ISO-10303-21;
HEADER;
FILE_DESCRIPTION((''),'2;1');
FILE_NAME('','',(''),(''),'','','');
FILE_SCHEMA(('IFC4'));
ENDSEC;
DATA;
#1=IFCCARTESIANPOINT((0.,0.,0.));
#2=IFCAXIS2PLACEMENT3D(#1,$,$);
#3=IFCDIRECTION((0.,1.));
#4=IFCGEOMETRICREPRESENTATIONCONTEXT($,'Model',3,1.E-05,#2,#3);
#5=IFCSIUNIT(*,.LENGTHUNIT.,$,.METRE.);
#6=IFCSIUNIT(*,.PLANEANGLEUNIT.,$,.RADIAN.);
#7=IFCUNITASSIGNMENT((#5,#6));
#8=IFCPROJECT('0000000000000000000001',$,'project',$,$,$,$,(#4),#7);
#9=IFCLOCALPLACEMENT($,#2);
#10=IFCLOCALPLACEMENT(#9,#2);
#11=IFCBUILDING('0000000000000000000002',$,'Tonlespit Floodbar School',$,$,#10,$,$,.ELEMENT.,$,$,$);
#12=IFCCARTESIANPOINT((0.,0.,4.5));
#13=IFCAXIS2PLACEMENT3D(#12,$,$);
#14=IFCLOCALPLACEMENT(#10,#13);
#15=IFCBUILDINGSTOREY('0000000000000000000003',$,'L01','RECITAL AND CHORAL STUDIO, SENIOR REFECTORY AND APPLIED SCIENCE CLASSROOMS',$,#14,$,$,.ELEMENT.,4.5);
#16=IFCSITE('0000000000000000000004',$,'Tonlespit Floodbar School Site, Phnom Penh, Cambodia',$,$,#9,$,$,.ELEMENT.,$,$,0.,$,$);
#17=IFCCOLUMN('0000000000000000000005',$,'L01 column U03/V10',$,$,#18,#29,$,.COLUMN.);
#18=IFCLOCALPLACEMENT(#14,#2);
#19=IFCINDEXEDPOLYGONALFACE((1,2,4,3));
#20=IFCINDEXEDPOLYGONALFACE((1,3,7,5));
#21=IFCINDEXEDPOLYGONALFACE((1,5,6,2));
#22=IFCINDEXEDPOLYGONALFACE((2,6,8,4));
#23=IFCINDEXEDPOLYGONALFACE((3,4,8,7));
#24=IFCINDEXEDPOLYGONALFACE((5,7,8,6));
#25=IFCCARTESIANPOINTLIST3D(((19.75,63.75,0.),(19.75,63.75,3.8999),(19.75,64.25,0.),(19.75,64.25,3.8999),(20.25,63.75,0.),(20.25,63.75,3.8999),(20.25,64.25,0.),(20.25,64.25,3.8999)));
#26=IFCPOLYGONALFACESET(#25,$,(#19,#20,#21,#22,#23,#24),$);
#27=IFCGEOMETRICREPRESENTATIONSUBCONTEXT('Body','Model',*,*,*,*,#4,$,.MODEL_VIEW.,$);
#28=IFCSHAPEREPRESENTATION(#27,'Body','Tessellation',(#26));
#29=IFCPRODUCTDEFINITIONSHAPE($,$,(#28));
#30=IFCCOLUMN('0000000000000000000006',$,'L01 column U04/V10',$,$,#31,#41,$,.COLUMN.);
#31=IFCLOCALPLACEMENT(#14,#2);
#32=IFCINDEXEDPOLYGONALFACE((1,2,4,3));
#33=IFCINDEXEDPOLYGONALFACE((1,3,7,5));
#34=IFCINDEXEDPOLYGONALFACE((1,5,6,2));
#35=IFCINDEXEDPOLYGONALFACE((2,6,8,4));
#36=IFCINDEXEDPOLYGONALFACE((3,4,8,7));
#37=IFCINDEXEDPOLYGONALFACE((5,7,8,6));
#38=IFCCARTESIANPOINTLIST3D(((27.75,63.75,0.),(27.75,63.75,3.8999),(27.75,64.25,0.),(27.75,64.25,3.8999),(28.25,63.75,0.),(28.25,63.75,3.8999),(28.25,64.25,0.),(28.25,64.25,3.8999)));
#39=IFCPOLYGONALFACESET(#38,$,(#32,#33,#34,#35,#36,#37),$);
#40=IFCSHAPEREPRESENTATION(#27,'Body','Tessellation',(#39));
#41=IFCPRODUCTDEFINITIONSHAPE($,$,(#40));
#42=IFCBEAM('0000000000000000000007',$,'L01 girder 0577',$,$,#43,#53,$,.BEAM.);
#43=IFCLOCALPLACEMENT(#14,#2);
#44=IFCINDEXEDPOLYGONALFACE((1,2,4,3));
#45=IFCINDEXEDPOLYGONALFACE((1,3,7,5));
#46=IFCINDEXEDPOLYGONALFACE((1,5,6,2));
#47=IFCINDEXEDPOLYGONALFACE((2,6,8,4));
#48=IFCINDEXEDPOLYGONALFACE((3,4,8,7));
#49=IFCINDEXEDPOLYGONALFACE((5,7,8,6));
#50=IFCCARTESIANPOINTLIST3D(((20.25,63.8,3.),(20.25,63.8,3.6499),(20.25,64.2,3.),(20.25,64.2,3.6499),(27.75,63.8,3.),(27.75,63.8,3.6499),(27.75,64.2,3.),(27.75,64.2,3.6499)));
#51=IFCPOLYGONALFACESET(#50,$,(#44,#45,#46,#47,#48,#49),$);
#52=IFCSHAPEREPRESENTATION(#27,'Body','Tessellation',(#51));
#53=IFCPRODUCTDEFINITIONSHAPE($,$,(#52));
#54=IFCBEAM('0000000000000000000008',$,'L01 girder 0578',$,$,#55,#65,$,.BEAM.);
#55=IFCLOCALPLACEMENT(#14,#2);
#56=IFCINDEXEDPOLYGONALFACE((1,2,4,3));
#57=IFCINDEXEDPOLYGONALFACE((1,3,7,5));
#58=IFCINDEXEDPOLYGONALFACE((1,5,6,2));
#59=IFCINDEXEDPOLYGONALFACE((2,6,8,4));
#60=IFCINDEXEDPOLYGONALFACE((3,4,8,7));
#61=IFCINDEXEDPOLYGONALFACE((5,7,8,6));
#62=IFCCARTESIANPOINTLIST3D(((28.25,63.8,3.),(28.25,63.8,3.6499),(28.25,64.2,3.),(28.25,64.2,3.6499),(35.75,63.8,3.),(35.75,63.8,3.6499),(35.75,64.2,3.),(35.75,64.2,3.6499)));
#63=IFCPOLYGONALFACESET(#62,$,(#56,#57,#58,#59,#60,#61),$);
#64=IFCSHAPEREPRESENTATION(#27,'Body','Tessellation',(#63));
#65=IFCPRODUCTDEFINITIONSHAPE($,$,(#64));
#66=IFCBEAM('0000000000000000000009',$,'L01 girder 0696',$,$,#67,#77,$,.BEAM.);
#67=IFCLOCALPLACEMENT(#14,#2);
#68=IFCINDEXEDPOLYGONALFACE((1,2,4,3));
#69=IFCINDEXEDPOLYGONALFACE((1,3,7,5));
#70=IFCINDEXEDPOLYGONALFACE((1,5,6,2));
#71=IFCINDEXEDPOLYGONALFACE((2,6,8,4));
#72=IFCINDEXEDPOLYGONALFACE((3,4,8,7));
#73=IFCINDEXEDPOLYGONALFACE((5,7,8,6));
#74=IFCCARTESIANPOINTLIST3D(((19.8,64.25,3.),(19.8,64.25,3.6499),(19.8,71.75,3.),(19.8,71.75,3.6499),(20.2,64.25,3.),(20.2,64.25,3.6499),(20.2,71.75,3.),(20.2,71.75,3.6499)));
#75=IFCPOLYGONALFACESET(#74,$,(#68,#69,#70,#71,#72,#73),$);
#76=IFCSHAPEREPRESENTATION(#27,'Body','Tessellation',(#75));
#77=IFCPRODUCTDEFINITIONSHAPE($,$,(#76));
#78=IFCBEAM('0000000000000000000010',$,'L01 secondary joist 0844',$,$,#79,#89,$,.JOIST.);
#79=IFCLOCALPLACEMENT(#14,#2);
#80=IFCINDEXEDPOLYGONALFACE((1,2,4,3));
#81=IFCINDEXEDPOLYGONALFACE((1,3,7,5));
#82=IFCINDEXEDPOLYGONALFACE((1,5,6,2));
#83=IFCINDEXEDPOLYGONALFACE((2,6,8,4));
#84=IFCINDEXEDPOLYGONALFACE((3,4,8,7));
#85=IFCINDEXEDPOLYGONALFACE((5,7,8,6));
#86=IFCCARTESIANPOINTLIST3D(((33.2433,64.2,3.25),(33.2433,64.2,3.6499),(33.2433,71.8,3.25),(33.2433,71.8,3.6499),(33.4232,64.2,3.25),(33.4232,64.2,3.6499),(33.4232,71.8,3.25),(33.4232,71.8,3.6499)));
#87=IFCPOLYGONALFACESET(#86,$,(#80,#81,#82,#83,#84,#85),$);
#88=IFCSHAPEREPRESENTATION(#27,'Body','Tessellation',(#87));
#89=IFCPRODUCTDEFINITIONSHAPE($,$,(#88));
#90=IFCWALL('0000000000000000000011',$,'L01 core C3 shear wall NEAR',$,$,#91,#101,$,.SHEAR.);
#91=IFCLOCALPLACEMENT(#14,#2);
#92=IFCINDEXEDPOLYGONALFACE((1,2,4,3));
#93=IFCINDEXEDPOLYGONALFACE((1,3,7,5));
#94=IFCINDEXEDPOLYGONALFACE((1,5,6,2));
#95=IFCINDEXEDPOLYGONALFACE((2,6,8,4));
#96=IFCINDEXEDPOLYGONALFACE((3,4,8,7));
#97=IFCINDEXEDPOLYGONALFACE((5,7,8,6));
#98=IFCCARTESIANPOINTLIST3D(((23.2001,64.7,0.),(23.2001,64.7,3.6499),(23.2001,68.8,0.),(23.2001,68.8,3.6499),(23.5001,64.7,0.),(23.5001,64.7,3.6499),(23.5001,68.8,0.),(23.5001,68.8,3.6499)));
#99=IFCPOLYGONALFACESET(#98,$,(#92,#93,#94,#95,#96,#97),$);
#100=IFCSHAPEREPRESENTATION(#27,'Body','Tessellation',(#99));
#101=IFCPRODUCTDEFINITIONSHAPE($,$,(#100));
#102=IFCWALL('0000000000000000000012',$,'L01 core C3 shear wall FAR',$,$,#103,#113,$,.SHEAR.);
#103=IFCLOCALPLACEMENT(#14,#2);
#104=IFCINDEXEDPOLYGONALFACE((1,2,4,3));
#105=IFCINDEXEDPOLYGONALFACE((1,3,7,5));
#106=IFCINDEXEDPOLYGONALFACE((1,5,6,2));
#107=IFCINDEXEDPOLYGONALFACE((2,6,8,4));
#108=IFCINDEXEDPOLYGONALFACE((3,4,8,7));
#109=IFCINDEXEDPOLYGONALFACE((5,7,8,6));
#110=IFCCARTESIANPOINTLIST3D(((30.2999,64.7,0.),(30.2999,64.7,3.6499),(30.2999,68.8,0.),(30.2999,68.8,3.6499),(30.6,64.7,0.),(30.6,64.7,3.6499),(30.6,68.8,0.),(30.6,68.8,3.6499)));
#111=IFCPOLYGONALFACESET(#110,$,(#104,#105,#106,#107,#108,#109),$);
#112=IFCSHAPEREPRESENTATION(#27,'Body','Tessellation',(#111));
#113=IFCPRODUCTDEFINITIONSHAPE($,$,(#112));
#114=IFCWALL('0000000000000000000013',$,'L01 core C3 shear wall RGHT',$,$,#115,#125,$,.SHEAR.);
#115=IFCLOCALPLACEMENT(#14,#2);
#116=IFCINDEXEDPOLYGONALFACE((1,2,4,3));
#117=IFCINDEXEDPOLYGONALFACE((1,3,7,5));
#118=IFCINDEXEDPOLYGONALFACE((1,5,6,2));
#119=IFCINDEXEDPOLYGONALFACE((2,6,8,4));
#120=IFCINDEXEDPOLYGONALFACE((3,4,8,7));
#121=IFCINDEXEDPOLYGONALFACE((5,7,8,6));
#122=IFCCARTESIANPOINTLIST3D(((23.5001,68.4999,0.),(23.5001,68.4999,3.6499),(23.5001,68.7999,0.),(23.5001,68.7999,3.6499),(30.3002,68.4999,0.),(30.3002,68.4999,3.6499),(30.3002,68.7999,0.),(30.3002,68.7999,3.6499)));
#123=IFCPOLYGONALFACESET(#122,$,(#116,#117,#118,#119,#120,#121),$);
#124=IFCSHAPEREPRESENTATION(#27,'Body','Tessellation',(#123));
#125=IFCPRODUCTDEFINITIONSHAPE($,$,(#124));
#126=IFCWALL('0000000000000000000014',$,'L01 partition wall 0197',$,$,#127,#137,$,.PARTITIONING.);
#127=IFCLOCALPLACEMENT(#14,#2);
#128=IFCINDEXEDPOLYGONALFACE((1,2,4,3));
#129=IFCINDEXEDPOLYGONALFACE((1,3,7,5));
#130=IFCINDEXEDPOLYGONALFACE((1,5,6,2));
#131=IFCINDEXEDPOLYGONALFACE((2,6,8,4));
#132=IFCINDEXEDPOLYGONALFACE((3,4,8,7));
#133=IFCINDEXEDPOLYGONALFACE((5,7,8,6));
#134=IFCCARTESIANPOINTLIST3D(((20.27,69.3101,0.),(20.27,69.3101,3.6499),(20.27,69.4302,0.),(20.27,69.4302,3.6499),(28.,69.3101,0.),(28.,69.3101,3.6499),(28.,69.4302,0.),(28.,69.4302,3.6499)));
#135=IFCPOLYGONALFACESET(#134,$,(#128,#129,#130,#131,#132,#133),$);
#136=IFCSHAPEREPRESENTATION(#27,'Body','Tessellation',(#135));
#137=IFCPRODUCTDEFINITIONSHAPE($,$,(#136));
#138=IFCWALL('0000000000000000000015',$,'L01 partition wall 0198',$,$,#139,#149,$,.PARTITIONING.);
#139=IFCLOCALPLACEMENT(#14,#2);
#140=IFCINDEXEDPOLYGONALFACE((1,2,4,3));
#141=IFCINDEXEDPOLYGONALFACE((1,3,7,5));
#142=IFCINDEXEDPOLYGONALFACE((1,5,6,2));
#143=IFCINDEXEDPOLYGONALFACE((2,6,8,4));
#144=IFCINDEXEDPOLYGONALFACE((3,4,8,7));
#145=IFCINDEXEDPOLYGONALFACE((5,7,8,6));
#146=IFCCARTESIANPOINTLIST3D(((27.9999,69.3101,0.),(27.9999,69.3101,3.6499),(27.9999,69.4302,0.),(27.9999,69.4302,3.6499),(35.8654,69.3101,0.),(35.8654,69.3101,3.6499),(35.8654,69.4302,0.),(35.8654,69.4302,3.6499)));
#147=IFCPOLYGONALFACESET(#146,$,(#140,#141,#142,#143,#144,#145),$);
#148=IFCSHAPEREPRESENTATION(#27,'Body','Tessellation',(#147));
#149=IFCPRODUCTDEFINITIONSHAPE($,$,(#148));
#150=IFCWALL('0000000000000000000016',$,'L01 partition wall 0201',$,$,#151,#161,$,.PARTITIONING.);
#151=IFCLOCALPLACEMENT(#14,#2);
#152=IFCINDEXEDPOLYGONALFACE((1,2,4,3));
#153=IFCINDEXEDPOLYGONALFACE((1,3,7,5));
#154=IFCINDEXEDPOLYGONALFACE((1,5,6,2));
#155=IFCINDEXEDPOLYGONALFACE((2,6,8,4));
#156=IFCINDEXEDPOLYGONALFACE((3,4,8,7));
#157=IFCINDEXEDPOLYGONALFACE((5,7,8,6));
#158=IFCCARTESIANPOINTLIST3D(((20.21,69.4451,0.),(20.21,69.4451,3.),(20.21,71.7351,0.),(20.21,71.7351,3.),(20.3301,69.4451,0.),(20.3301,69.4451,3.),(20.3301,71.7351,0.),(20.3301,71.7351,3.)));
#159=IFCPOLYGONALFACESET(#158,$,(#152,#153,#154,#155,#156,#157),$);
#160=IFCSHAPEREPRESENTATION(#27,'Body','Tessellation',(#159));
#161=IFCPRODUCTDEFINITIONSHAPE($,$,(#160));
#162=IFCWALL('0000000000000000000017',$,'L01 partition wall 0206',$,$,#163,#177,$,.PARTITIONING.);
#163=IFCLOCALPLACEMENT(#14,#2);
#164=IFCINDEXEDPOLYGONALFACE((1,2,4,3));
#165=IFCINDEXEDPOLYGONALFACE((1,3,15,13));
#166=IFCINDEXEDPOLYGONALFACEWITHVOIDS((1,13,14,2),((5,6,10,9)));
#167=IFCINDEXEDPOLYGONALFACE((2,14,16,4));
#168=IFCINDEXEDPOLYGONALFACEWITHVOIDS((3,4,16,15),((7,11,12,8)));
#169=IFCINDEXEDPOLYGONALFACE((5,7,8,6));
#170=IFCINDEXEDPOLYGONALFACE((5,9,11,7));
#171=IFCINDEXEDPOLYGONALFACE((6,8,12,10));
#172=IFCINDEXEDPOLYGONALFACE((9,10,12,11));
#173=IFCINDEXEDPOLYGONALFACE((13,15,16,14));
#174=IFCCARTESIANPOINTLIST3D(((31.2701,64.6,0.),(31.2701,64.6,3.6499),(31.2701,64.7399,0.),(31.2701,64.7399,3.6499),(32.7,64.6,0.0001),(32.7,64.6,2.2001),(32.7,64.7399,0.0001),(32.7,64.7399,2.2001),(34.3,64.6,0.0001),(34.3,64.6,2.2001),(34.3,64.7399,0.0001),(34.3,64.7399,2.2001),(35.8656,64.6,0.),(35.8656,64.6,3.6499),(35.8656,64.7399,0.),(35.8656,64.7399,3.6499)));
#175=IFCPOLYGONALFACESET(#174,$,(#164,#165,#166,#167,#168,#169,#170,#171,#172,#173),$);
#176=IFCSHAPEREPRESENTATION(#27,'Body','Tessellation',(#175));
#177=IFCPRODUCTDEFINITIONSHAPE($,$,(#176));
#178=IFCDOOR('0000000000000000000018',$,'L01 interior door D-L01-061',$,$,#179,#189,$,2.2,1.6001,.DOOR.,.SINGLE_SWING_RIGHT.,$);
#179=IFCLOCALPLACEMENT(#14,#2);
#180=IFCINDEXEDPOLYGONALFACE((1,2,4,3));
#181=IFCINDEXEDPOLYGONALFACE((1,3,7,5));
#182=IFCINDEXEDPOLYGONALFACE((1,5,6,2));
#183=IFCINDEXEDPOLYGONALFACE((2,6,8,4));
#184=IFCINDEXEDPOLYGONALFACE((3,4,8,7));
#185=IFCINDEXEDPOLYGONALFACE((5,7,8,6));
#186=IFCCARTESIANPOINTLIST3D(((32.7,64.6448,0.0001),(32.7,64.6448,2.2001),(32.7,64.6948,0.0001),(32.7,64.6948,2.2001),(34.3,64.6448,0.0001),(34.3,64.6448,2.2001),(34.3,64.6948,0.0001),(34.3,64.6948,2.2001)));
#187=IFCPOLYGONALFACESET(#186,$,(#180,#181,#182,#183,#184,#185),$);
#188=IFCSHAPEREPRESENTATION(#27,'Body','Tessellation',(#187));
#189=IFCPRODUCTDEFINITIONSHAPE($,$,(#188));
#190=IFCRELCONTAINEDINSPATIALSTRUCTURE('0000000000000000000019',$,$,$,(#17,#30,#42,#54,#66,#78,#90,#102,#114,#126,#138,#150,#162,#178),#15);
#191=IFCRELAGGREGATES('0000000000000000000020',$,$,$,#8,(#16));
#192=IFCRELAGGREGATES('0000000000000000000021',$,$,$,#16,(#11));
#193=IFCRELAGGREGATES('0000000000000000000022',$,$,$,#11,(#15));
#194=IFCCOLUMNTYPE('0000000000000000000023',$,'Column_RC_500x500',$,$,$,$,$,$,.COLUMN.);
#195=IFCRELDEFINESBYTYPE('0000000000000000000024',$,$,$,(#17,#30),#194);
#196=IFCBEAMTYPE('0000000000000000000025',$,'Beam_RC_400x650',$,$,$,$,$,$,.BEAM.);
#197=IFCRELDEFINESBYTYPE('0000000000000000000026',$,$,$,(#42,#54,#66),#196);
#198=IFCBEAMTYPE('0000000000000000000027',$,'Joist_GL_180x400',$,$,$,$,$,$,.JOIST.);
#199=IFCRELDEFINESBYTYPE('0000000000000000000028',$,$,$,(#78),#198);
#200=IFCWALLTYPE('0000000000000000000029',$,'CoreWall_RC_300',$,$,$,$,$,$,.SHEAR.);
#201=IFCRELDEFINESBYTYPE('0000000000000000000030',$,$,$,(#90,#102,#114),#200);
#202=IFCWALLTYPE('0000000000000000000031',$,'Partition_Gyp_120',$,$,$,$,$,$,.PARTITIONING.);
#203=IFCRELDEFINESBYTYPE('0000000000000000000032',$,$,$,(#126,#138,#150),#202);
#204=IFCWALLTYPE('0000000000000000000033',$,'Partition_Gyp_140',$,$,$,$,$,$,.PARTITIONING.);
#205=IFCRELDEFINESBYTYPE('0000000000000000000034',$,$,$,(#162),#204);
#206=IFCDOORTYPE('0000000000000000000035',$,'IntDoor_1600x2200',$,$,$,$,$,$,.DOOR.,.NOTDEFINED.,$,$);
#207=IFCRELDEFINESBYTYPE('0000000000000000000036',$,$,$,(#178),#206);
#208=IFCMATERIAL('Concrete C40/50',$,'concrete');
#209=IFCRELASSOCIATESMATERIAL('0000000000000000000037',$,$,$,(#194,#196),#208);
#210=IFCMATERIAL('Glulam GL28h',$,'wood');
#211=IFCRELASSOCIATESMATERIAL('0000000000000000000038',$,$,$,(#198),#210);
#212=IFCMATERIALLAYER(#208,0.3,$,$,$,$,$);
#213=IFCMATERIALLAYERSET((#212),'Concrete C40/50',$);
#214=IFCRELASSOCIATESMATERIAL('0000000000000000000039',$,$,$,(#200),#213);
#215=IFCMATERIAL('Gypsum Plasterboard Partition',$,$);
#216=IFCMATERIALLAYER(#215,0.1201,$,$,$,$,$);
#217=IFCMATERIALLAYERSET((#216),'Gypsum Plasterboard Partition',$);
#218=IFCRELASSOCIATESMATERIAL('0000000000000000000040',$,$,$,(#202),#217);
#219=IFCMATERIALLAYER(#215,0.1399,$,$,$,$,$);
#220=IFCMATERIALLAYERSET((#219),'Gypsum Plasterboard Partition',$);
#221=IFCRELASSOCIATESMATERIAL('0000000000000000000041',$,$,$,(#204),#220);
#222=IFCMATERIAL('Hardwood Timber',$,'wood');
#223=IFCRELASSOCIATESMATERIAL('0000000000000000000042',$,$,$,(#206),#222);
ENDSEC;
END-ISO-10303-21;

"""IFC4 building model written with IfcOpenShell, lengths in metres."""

from ifc_helpers import new_model, si_unit, direction, frame, frame_2d, origin, origin_2d, place, context, subcontext, project, spatial, rectangle, extrude, material, layer, layer_set, material_profile, profile_set, type_object, element, fill, save


model = new_model("IFC4")

# Units and contexts
model_context = context("Model", 3, precision=1e-05, world=origin(), true_north=direction((0.0, 1.0)))
body_context = subcontext(model_context, "Body", "Model", "MODEL_VIEW")
ifc_project = project(units=[si_unit("LENGTHUNIT", "METRE"), si_unit("PLANEANGLEUNIT", "RADIAN")], contexts=[model_context])

# Site, building, storey
site_placement = place(None, origin())
site = spatial("IfcSite", under=ifc_project, at=site_placement, Name="Tonlespit Floodbar School Site, Phnom Penh, Cambodia", CompositionType="ELEMENT", RefElevation=0.0)
building_placement = place(site_placement, origin())
building = spatial("IfcBuilding", under=site, at=building_placement, Name="Tonlespit Floodbar School", CompositionType="ELEMENT")
storey_placement = place(building_placement, frame((0.0, 0.0, 4.5)))
storey = spatial("IfcBuildingStorey", under=building, at=storey_placement, Name="L01", Description="RECITAL AND CHORAL STUDIO, SENIOR REFECTORY AND APPLIED SCIENCE CLASSROOMS", CompositionType="ELEMENT", Elevation=4.5)

# Columns
ifc_material_1 = material(Name="Concrete C40/50", Category="concrete")
ifc_material_profile_1 = material_profile(ifc_material_1, rectangle(XDim=0.5, YDim=0.5, at=origin_2d()), Name="RC 500x500")
ifc_profile_set_1 = profile_set([ifc_material_profile_1], Name="Concrete C40/50")
column_type = type_object("IfcColumnType", Name="Column_RC_500x500", PredefinedType="COLUMN", material=ifc_profile_set_1)
for number, where, z_axis, x_axis, name in (
    (1, (20.0, 64.0, 0.0), (0.0, 0.0, 1.0), (1.0, 0.0, 0.0), "L01 column U03/V10"),
    (2, (28.0, 64.0, 0.0), (0.0, 0.0, 1.0), (1.0, 0.0, 0.0), "L01 column U04/V10"),
):
    element("IfcColumn", number, at=place(storey_placement, frame(where, z_axis=z_axis, x_axis=x_axis)), inside=storey, type_object=column_type, Name=name, PredefinedType="COLUMN", context=body_context, shape_type="SweptSolid", body=[
        extrude(rectangle(XDim=0.5, YDim=0.5, at=origin_2d()), origin(), (0.0, 0.0, 1.0), 3.8999),
    ])

# Beams
ifc_material_profile_2 = material_profile(ifc_material_1, rectangle(XDim=0.3999, YDim=0.6499, at=origin_2d()), Name="RC 400x650")
ifc_profile_set_2 = profile_set([ifc_material_profile_2], Name="Concrete C40/50")
beam_type_1 = type_object("IfcBeamType", Name="Beam_RC_400x650", PredefinedType="BEAM", material=ifc_profile_set_2)
for number, where, z_axis, x_axis, name in (
    (3, (20.25, 64.0, 3.325), (1.0, 0.0, 0.0), (0.0, 1.0, 0.0), "L01 girder 0577"),
    (4, (28.25, 64.0, 3.325), (1.0, 0.0, 0.0), (0.0, 1.0, 0.0), "L01 girder 0578"),
    (5, (20.0, 64.25, 3.325), (0.0, 1.0, 0.0), (-1.0, 0.0, 0.0), "L01 girder 0696"),
):
    element("IfcBeam", number, at=place(storey_placement, frame(where, z_axis=z_axis, x_axis=x_axis)), inside=storey, type_object=beam_type_1, Name=name, PredefinedType="BEAM", context=body_context, shape_type="SweptSolid", body=[
        extrude(rectangle(XDim=0.3999, YDim=0.6499, at=origin_2d()), origin(), (0.0, 0.0, 1.0), 7.5),
    ])
ifc_material_2 = material(Name="Glulam GL28h", Category="wood")
ifc_material_profile_3 = material_profile(ifc_material_2, rectangle(XDim=0.1799, YDim=0.3999, at=origin_2d()), Name="GL 180x400")
ifc_profile_set_3 = profile_set([ifc_material_profile_3], Name="Glulam GL28h")
beam_type_2 = type_object("IfcBeamType", Name="Joist_GL_180x400", PredefinedType="JOIST", material=ifc_profile_set_3)
beam_placement = place(storey_placement, frame((33.3333, 64.2, 3.45), z_axis=(0.0, 1.0, 0.0), x_axis=(-1.0, 0.0, 0.0)))
element("IfcBeam", 6, at=beam_placement, inside=storey, type_object=beam_type_2, Name="L01 secondary joist 0844", PredefinedType="JOIST", context=body_context, shape_type="SweptSolid", body=[
    extrude(rectangle(XDim=0.1799, YDim=0.3999, at=origin_2d()), origin(), (0.0, 0.0, 1.0), 7.6001),
])

# Walls
ifc_layer_1 = layer(ifc_material_1, 0.3)
ifc_layer_set_1 = layer_set([ifc_layer_1], Name="Concrete C40/50")
wall_type_1 = type_object("IfcWallType", Name="CoreWall_RC_300", PredefinedType="SHEAR", material=ifc_layer_set_1)
for number, where, z_axis, x_axis, name in (
    (7, (23.3501, 64.7, 0.0), (0.0, 0.0, 1.0), (0.0, 1.0, 0.0), "L01 core C3 shear wall NEAR"),
    (8, (30.45, 68.8, 0.0), (0.0, 0.0, 1.0), (0.0, -1.0, 0.0), "L01 core C3 shear wall FAR"),
):
    element("IfcWall", number, at=place(storey_placement, frame(where, z_axis=z_axis, x_axis=x_axis)), inside=storey, type_object=wall_type_1, Name=name, PredefinedType="SHEAR", context=body_context, shape_type="SweptSolid", body=[
        extrude(rectangle(XDim=4.1001, YDim=0.3, at=frame_2d((2.05, 0.0))), origin(), (0.0, 0.0, 1.0), 3.6499),
    ])

# Walls
wall_1_placement = place(storey_placement, frame((30.3, 68.6499, 0.0), z_axis=(0.0, 0.0, 1.0), x_axis=(-1.0, 0.0, 0.0)))
element("IfcWall", 9, at=wall_1_placement, inside=storey, type_object=wall_type_1, Name="L01 core C3 shear wall RGHT", PredefinedType="SHEAR", context=body_context, shape_type="SweptSolid", body=[
    extrude(rectangle(XDim=6.8, YDim=0.3, at=frame_2d((3.3999, 0.0))), origin(), (0.0, 0.0, 1.0), 3.6499),
])
ifc_material_3 = material(Name="Gypsum Plasterboard Partition")
ifc_layer_2 = layer(ifc_material_3, 0.1201)
ifc_layer_set_2 = layer_set([ifc_layer_2], Name="Gypsum Plasterboard Partition")
wall_type_2 = type_object("IfcWallType", Name="Partition_Gyp_120", PredefinedType="PARTITIONING", material=ifc_layer_set_2)
wall_2_placement = place(storey_placement, frame((20.27, 69.3701, 0.0), z_axis=(0.0, 0.0, 1.0), x_axis=(1.0, 0.0, 0.0)))
element("IfcWall", 10, at=wall_2_placement, inside=storey, type_object=wall_type_2, Name="L01 partition wall 0197", PredefinedType="PARTITIONING", context=body_context, shape_type="SweptSolid", body=[
    extrude(rectangle(XDim=7.73, YDim=0.1201, at=frame_2d((3.865, 0.0))), origin(), (0.0, 0.0, 1.0), 3.6499),
])
wall_3_placement = place(storey_placement, frame((28.0, 69.3701, 0.0), z_axis=(0.0, 0.0, 1.0), x_axis=(1.0, 0.0, 0.0)))
element("IfcWall", 11, at=wall_3_placement, inside=storey, type_object=wall_type_2, Name="L01 partition wall 0198", PredefinedType="PARTITIONING", context=body_context, shape_type="SweptSolid", body=[
    extrude(rectangle(XDim=7.8655, YDim=0.1201, at=frame_2d((3.9326, 0.0))), origin(), (0.0, 0.0, 1.0), 3.6499),
])
wall_4_placement = place(storey_placement, frame((20.27, 69.4451, 0.0), z_axis=(0.0, 0.0, 1.0), x_axis=(0.0, 1.0, 0.0)))
element("IfcWall", 12, at=wall_4_placement, inside=storey, type_object=wall_type_2, Name="L01 partition wall 0201", PredefinedType="PARTITIONING", context=body_context, shape_type="SweptSolid", body=[
    extrude(rectangle(XDim=2.29, YDim=0.1201, at=frame_2d((1.145, 0.0))), origin(), (0.0, 0.0, 1.0), 3.0),
])

# Wall, opening, door
ifc_layer_3 = layer(ifc_material_3, 0.1399)
ifc_layer_set_3 = layer_set([ifc_layer_3], Name="Gypsum Plasterboard Partition")
wall_type_3 = type_object("IfcWallType", Name="Partition_Gyp_140", PredefinedType="PARTITIONING", material=ifc_layer_set_3)
wall_5_placement = place(storey_placement, frame((31.27, 64.6699, 0.0), z_axis=(0.0, 0.0, 1.0), x_axis=(1.0, 0.0, 0.0)))
wall_5 = element("IfcWall", 13, at=wall_5_placement, inside=storey, type_object=wall_type_3, Name="L01 partition wall 0206", PredefinedType="PARTITIONING", context=body_context, shape_type="SweptSolid", body=[
    extrude(rectangle(XDim=4.5955, YDim=0.1399, at=frame_2d((2.2979, 0.0))), origin(), (0.0, 0.0, 1.0), 3.6499),
])
opening_1_placement = place(wall_5_placement, frame((1.4299, 0.0, 0.0)))
opening_1 = element("IfcOpeningElement", 14, at=opening_1_placement, cuts=wall_5, PredefinedType="OPENING", context=body_context, shape_type="SweptSolid", body=[
    extrude(rectangle(XDim=1.6001, YDim=2.2, at=frame_2d((0.8, 1.1001))), frame((0.0, 0.0798, 0.0), z_axis=(0.0, -1.0, 0.0), x_axis=(1.0, 0.0, 0.0)), (0.0, 0.0, 1.0), 0.1599),
])
ifc_material_4 = material(Name="Hardwood Timber", Category="wood")
door_type_1 = type_object("IfcDoorType", Name="IntDoor_1600x2200", OperationType="NOTDEFINED", PredefinedType="DOOR", material=ifc_material_4)
door_1_placement = place(opening_1_placement, origin())
door_1 = element("IfcDoor", 15, at=door_1_placement, inside=storey, type_object=door_type_1, Name="L01 interior door D-L01-061", OperationType="SINGLE_SWING_RIGHT", OverallHeight=2.2, OverallWidth=1.6001, PredefinedType="DOOR", context=body_context, shape_type="SweptSolid", body=[
    extrude(rectangle(XDim=1.6001, YDim=2.2, at=frame_2d((0.8, 1.1001))), frame((0.0, 0.0249, 0.0), z_axis=(0.0, -1.0, 0.0), x_axis=(1.0, 0.0, 0.0)), (0.0, 0.0, 1.0), 0.05),
])
fill(opening_1, door_1)

save(model, "model.ifc")
